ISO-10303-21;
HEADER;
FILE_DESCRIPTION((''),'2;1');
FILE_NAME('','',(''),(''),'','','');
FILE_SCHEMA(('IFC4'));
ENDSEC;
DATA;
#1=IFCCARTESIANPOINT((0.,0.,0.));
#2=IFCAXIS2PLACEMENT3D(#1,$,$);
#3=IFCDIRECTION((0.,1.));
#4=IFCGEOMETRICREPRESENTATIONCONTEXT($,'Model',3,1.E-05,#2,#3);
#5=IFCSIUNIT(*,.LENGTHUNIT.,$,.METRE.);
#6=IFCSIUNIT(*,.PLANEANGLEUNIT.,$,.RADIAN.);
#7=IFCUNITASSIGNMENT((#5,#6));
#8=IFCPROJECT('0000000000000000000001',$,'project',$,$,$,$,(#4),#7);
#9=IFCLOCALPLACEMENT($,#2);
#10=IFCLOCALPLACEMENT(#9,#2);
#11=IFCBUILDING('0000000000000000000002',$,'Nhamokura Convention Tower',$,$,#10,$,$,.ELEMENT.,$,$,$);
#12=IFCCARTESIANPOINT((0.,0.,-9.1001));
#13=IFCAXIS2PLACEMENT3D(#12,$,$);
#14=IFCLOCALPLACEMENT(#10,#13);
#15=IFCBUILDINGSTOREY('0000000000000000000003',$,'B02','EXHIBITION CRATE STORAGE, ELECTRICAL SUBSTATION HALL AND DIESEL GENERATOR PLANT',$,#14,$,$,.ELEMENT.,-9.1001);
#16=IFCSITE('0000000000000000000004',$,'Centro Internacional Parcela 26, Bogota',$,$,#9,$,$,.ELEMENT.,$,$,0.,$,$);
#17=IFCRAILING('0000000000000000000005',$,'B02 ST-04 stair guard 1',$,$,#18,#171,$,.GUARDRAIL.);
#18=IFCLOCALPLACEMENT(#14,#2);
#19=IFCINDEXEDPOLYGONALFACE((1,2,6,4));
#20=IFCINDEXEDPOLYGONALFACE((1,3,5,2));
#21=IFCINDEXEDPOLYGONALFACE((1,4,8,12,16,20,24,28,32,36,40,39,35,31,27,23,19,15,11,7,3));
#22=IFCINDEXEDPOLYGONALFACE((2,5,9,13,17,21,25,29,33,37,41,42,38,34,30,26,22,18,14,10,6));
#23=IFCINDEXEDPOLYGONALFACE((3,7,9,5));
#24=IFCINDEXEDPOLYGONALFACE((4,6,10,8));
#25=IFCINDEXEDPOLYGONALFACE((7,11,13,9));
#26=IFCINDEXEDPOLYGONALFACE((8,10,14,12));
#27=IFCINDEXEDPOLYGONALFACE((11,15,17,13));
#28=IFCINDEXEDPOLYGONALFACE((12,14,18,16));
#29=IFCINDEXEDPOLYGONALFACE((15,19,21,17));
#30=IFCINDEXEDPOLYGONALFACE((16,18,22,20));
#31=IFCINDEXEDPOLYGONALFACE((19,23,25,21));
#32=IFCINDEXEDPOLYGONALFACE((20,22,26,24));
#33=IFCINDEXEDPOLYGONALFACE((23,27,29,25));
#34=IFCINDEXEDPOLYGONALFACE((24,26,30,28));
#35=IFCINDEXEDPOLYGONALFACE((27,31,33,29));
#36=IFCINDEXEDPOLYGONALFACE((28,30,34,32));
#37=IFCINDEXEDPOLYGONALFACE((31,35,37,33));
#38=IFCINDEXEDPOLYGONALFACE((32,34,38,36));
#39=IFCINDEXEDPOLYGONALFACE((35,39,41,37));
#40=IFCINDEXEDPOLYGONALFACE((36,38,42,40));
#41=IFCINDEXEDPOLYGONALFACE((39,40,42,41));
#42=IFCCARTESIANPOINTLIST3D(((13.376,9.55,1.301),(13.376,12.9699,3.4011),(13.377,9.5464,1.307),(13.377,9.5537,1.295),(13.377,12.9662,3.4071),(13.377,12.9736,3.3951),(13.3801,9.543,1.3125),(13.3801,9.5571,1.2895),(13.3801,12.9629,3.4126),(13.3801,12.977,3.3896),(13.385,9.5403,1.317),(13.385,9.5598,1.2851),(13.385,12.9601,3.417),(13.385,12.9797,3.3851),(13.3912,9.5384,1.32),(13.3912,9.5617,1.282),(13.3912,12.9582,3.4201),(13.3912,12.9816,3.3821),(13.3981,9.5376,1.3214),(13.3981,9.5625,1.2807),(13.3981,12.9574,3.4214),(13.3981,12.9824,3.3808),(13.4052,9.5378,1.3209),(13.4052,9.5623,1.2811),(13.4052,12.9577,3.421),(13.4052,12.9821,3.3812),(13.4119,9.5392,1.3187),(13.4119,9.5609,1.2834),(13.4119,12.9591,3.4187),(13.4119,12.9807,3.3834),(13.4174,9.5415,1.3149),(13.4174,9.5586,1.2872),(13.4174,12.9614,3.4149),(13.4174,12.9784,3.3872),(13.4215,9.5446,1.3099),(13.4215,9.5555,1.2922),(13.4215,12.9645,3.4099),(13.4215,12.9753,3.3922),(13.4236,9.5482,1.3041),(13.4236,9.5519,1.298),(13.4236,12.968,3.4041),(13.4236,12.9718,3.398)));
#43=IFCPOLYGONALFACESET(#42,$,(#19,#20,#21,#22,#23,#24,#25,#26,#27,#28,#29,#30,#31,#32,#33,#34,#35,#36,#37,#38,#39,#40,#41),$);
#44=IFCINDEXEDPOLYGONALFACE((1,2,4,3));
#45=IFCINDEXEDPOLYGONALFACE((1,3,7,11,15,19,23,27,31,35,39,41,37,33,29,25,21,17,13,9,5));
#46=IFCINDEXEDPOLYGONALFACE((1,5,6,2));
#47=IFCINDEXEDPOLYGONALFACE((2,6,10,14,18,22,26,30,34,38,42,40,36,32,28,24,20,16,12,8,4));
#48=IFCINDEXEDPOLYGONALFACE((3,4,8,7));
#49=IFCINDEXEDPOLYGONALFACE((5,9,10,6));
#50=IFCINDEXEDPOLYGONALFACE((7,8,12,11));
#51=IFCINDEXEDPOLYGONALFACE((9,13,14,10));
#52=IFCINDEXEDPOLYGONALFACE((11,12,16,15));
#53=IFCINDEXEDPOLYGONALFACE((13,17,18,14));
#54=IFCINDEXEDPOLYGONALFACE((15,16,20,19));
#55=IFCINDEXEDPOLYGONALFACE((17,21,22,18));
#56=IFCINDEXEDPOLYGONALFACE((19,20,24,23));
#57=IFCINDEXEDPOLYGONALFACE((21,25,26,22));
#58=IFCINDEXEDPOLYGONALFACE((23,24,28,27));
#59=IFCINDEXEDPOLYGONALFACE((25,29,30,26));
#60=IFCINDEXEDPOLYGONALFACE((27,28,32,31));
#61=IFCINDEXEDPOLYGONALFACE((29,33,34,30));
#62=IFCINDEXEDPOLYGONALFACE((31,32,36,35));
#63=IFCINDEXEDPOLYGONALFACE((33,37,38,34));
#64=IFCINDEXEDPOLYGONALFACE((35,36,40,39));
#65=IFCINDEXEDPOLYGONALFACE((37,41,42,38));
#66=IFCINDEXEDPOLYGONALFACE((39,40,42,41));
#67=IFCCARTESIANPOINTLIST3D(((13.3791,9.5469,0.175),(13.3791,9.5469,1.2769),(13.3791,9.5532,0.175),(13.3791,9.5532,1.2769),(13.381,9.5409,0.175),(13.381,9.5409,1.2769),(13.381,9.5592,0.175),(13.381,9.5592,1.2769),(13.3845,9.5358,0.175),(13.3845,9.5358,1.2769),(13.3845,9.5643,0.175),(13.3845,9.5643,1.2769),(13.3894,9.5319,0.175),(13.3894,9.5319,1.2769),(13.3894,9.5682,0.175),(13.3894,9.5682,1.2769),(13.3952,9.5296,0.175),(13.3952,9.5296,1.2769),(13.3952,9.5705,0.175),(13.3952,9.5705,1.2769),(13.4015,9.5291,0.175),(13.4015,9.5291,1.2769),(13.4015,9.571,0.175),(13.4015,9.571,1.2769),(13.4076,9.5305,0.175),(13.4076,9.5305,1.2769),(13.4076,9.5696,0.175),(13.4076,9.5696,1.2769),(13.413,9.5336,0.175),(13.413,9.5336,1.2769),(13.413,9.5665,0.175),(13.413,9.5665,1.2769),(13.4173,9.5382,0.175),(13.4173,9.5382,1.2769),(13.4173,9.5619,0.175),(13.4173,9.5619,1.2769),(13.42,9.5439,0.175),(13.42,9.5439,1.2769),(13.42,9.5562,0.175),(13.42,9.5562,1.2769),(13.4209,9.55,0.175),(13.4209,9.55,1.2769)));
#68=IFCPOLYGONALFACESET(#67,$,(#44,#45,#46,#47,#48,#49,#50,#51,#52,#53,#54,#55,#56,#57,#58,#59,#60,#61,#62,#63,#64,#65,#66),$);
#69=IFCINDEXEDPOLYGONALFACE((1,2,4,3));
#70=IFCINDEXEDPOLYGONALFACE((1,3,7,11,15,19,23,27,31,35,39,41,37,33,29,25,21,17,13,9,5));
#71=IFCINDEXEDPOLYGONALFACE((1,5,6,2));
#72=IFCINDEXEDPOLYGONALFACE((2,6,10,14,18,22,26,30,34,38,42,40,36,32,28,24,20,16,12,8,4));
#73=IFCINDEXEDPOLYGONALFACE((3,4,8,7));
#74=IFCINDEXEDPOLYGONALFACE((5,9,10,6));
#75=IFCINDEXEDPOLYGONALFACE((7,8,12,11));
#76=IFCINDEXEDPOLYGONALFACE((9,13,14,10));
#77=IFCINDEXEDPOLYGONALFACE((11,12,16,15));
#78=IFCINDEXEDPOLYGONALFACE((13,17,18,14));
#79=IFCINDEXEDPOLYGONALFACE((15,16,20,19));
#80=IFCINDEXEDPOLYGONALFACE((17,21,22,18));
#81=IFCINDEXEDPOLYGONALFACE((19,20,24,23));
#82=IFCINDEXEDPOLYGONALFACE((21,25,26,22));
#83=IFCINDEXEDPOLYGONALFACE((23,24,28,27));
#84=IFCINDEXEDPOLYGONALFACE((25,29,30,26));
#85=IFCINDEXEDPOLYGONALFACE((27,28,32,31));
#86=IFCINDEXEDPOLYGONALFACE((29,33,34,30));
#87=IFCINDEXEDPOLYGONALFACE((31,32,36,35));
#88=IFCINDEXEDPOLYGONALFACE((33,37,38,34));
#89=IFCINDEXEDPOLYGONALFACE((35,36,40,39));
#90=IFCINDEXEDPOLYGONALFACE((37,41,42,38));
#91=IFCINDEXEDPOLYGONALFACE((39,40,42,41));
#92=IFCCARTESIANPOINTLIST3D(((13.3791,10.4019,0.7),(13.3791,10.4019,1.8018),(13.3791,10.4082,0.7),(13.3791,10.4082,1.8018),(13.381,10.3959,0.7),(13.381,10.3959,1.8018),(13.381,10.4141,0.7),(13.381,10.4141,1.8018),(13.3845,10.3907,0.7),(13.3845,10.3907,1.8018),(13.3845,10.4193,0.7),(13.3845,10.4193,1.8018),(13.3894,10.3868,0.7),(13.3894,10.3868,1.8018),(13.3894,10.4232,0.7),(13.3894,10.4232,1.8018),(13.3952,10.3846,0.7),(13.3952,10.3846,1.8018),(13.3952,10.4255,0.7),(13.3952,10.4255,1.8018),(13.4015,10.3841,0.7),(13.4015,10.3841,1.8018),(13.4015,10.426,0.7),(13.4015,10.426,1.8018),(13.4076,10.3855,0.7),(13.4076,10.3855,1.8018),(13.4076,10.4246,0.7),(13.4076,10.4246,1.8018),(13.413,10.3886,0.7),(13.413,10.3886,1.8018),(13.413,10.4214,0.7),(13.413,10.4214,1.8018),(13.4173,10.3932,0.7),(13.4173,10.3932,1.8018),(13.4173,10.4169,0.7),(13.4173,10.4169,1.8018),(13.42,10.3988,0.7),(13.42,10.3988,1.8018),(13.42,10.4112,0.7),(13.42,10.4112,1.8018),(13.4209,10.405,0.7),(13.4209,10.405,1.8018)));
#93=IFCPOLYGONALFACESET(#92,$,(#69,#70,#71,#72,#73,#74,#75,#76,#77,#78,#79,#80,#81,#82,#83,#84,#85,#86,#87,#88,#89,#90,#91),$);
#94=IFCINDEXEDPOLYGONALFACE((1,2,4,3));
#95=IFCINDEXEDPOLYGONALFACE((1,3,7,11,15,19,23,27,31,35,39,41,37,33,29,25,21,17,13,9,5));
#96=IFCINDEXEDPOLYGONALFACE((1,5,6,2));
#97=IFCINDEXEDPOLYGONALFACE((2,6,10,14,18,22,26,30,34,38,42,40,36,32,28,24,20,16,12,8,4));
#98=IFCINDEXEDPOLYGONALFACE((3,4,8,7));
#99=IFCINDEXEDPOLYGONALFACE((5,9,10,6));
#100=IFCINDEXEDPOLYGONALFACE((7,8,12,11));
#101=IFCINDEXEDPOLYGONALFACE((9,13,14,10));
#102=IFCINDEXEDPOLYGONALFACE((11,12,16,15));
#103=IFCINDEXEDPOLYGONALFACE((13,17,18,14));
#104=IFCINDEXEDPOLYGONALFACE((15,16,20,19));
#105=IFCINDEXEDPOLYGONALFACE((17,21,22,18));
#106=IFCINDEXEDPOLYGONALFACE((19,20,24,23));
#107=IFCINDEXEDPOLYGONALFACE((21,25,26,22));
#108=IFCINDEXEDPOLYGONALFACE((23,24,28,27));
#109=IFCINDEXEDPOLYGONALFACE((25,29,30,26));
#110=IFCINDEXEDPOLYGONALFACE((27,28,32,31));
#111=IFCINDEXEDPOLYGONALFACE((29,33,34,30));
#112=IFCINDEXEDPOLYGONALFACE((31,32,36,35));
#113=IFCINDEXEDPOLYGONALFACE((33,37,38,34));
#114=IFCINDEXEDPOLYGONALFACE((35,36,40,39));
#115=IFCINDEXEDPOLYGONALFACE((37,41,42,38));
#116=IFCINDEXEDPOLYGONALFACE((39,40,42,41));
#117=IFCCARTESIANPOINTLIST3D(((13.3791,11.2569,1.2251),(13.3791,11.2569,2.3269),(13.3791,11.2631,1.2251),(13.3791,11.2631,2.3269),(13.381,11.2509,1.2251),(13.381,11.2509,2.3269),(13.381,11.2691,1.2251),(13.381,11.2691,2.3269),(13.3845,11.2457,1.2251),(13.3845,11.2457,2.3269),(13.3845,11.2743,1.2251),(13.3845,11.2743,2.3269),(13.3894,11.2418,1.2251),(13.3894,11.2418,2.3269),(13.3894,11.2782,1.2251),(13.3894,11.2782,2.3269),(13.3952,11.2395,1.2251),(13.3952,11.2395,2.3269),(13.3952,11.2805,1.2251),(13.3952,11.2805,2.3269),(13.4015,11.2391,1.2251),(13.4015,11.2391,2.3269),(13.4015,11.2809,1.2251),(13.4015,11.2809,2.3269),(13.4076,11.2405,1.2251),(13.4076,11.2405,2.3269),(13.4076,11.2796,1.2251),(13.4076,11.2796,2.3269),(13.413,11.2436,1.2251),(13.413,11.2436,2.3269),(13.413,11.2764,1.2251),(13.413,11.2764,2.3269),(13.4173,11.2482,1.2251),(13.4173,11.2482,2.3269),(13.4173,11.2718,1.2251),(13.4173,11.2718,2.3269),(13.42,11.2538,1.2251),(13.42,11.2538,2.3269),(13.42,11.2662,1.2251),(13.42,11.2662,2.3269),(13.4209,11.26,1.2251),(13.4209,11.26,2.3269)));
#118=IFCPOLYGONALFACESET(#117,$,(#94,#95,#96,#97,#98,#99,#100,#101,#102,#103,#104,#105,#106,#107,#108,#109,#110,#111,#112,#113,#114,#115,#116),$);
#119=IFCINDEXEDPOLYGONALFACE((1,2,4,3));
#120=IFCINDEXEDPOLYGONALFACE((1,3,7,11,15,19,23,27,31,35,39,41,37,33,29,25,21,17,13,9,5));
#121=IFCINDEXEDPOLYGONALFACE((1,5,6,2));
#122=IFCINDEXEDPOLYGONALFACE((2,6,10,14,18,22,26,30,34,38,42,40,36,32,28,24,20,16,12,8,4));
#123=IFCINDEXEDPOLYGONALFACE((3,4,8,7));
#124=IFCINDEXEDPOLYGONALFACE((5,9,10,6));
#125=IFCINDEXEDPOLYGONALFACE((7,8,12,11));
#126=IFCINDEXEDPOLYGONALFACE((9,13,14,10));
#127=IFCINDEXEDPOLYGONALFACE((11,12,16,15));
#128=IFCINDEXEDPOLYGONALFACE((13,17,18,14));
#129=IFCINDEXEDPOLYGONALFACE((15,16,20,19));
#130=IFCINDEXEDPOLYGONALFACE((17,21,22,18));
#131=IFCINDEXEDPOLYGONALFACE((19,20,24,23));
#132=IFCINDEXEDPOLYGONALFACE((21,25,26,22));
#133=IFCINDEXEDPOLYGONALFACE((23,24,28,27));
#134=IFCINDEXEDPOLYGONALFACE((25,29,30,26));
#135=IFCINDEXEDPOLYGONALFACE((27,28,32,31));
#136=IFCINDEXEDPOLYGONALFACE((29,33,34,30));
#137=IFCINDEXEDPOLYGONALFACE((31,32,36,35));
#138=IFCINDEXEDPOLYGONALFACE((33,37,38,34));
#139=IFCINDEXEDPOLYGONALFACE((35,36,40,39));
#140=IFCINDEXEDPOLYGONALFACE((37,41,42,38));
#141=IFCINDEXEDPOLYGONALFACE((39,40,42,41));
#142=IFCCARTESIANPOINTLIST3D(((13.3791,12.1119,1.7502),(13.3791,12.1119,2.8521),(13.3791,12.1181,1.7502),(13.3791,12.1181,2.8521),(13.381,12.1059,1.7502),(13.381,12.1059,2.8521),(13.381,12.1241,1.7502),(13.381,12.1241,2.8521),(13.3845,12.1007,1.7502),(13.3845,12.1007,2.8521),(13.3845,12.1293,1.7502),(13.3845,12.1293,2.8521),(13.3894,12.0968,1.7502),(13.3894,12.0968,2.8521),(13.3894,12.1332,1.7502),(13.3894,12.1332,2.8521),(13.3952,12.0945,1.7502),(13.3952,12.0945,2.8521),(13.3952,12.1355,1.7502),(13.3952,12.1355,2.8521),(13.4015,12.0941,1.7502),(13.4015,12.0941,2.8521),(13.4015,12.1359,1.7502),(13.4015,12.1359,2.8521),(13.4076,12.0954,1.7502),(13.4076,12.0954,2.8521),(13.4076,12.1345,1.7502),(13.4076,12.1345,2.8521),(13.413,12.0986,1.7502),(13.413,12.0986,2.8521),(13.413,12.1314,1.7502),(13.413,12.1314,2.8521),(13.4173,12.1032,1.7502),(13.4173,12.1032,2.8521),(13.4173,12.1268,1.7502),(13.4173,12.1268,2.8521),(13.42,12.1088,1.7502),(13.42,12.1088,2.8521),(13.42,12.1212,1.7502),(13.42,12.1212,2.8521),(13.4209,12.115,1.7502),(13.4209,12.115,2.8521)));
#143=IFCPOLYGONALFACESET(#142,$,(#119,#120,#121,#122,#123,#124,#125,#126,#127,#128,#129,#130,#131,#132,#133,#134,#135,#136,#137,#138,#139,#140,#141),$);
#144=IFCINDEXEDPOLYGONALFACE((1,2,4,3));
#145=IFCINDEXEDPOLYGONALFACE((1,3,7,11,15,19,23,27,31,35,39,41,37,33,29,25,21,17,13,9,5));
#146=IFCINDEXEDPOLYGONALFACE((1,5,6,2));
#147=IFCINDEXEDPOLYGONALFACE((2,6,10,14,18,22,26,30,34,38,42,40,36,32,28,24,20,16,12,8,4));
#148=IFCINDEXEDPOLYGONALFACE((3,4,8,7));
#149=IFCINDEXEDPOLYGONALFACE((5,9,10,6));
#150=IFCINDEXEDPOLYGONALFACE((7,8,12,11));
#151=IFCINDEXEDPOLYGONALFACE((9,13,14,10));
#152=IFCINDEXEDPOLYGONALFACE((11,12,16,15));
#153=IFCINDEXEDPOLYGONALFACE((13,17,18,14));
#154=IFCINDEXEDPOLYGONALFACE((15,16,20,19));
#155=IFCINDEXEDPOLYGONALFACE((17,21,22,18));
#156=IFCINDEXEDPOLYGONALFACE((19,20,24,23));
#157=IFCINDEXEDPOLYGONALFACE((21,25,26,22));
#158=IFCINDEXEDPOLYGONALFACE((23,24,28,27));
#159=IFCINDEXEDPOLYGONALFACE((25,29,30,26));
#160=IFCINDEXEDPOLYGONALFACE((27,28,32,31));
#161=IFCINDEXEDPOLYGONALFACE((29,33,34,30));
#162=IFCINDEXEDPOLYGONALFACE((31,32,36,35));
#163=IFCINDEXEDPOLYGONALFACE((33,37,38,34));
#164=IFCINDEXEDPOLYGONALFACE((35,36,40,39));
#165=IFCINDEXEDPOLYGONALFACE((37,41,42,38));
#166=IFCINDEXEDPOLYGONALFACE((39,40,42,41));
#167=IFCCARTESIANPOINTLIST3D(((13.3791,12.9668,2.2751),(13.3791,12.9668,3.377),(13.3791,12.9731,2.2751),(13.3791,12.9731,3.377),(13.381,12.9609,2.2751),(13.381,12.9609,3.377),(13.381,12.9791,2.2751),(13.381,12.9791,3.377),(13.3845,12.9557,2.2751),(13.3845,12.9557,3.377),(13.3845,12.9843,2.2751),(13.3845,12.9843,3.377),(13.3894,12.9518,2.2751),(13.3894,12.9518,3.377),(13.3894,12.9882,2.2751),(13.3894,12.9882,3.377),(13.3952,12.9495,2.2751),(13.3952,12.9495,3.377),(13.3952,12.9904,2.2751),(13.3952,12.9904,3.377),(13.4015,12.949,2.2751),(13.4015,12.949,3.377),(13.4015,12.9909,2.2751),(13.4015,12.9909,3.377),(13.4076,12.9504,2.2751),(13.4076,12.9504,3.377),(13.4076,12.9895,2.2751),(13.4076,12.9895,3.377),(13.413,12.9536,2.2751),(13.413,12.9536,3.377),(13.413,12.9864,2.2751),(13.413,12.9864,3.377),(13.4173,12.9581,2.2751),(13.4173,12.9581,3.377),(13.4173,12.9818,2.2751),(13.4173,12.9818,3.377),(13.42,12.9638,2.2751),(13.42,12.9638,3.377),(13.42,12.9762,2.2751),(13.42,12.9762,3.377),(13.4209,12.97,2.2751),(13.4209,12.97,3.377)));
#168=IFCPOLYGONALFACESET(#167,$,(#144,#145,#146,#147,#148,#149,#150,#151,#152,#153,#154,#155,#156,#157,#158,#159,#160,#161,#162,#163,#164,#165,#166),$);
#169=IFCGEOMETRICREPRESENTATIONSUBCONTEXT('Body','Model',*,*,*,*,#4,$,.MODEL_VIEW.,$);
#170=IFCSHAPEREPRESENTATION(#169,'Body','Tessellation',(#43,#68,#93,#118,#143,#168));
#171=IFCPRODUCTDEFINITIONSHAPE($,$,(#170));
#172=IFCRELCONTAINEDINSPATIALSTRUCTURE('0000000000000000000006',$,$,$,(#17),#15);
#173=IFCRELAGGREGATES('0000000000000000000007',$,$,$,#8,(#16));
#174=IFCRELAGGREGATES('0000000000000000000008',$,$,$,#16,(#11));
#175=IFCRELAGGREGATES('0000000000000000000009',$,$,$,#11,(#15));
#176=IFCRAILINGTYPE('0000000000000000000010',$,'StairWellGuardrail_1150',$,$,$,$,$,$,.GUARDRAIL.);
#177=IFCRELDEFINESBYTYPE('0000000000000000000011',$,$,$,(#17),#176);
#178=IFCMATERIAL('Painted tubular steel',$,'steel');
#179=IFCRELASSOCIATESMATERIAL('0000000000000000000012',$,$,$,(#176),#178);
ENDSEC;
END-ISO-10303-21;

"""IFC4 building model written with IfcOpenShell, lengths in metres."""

from ifc_helpers import new_model, si_unit, direction, frame, origin, origin_2d, place, context, subcontext, project, spatial, circle, extrude, material, type_object, element, save


model = new_model("IFC4")

# Units and contexts
model_context = context("Model", 3, precision=1e-05, world=origin(), true_north=direction((0.0, 1.0)))
body_context = subcontext(model_context, "Body", "Model", "MODEL_VIEW")
ifc_project = project(units=[si_unit("LENGTHUNIT", "METRE"), si_unit("PLANEANGLEUNIT", "RADIAN")], contexts=[model_context])

# Site, building, storey
site_placement = place(None, origin())
site = spatial("IfcSite", under=ifc_project, at=site_placement, Name="Centro Internacional Parcela 26, Bogota", CompositionType="ELEMENT", RefElevation=0.0)
building_placement = place(site_placement, origin())
building = spatial("IfcBuilding", under=site, at=building_placement, Name="Nhamokura Convention Tower", CompositionType="ELEMENT")
storey_placement = place(building_placement, frame((0.0, 0.0, -9.1001)))
storey = spatial("IfcBuildingStorey", under=building, at=storey_placement, Name="B02", Description="EXHIBITION CRATE STORAGE, ELECTRICAL SUBSTATION HALL AND DIESEL GENERATOR PLANT", CompositionType="ELEMENT", Elevation=-9.1001)

# Railing
ifc_material_1 = material(Name="Painted tubular steel", Category="steel")
railing_type_1 = type_object("IfcRailingType", Name="StairWellGuardrail_1150", PredefinedType="GUARDRAIL", material=ifc_material_1)
railing_1_placement = place(storey_placement, frame((13.3999, 9.55, 0.175)))
element("IfcRailing", 1, at=railing_1_placement, inside=storey, type_object=railing_type_1, Name="B02 ST-04 stair guard 1", PredefinedType="GUARDRAIL", context=body_context, shape_type="SweptSolid", body=[
    extrude(circle(Radius=0.0239, at=origin_2d()), frame((0.0, 0.0, 1.126), z_axis=(0.0, 0.852155, 0.523289), x_axis=(-1.0, 0.0, 0.0)), (0.0, 0.0, 1.0), 4.0132),
    extrude(circle(Radius=0.021, at=origin_2d()), origin(), (0.0, 0.0, 1.0), 1.1018),
    extrude(circle(Radius=0.021, at=origin_2d()), frame((0.0, 0.855, 0.5249)), (0.0, 0.0, 1.0), 1.1018),
    extrude(circle(Radius=0.021, at=origin_2d()), frame((0.0, 1.71, 1.05)), (0.0, 0.0, 1.0), 1.1018),
    extrude(circle(Radius=0.021, at=origin_2d()), frame((0.0, 2.5649, 1.5752)), (0.0, 0.0, 1.0), 1.1018),
    extrude(circle(Radius=0.021, at=origin_2d()), frame((0.0, 3.4199, 2.1001)), (0.0, 0.0, 1.0), 1.1018),
])

save(model, "model.ifc")
